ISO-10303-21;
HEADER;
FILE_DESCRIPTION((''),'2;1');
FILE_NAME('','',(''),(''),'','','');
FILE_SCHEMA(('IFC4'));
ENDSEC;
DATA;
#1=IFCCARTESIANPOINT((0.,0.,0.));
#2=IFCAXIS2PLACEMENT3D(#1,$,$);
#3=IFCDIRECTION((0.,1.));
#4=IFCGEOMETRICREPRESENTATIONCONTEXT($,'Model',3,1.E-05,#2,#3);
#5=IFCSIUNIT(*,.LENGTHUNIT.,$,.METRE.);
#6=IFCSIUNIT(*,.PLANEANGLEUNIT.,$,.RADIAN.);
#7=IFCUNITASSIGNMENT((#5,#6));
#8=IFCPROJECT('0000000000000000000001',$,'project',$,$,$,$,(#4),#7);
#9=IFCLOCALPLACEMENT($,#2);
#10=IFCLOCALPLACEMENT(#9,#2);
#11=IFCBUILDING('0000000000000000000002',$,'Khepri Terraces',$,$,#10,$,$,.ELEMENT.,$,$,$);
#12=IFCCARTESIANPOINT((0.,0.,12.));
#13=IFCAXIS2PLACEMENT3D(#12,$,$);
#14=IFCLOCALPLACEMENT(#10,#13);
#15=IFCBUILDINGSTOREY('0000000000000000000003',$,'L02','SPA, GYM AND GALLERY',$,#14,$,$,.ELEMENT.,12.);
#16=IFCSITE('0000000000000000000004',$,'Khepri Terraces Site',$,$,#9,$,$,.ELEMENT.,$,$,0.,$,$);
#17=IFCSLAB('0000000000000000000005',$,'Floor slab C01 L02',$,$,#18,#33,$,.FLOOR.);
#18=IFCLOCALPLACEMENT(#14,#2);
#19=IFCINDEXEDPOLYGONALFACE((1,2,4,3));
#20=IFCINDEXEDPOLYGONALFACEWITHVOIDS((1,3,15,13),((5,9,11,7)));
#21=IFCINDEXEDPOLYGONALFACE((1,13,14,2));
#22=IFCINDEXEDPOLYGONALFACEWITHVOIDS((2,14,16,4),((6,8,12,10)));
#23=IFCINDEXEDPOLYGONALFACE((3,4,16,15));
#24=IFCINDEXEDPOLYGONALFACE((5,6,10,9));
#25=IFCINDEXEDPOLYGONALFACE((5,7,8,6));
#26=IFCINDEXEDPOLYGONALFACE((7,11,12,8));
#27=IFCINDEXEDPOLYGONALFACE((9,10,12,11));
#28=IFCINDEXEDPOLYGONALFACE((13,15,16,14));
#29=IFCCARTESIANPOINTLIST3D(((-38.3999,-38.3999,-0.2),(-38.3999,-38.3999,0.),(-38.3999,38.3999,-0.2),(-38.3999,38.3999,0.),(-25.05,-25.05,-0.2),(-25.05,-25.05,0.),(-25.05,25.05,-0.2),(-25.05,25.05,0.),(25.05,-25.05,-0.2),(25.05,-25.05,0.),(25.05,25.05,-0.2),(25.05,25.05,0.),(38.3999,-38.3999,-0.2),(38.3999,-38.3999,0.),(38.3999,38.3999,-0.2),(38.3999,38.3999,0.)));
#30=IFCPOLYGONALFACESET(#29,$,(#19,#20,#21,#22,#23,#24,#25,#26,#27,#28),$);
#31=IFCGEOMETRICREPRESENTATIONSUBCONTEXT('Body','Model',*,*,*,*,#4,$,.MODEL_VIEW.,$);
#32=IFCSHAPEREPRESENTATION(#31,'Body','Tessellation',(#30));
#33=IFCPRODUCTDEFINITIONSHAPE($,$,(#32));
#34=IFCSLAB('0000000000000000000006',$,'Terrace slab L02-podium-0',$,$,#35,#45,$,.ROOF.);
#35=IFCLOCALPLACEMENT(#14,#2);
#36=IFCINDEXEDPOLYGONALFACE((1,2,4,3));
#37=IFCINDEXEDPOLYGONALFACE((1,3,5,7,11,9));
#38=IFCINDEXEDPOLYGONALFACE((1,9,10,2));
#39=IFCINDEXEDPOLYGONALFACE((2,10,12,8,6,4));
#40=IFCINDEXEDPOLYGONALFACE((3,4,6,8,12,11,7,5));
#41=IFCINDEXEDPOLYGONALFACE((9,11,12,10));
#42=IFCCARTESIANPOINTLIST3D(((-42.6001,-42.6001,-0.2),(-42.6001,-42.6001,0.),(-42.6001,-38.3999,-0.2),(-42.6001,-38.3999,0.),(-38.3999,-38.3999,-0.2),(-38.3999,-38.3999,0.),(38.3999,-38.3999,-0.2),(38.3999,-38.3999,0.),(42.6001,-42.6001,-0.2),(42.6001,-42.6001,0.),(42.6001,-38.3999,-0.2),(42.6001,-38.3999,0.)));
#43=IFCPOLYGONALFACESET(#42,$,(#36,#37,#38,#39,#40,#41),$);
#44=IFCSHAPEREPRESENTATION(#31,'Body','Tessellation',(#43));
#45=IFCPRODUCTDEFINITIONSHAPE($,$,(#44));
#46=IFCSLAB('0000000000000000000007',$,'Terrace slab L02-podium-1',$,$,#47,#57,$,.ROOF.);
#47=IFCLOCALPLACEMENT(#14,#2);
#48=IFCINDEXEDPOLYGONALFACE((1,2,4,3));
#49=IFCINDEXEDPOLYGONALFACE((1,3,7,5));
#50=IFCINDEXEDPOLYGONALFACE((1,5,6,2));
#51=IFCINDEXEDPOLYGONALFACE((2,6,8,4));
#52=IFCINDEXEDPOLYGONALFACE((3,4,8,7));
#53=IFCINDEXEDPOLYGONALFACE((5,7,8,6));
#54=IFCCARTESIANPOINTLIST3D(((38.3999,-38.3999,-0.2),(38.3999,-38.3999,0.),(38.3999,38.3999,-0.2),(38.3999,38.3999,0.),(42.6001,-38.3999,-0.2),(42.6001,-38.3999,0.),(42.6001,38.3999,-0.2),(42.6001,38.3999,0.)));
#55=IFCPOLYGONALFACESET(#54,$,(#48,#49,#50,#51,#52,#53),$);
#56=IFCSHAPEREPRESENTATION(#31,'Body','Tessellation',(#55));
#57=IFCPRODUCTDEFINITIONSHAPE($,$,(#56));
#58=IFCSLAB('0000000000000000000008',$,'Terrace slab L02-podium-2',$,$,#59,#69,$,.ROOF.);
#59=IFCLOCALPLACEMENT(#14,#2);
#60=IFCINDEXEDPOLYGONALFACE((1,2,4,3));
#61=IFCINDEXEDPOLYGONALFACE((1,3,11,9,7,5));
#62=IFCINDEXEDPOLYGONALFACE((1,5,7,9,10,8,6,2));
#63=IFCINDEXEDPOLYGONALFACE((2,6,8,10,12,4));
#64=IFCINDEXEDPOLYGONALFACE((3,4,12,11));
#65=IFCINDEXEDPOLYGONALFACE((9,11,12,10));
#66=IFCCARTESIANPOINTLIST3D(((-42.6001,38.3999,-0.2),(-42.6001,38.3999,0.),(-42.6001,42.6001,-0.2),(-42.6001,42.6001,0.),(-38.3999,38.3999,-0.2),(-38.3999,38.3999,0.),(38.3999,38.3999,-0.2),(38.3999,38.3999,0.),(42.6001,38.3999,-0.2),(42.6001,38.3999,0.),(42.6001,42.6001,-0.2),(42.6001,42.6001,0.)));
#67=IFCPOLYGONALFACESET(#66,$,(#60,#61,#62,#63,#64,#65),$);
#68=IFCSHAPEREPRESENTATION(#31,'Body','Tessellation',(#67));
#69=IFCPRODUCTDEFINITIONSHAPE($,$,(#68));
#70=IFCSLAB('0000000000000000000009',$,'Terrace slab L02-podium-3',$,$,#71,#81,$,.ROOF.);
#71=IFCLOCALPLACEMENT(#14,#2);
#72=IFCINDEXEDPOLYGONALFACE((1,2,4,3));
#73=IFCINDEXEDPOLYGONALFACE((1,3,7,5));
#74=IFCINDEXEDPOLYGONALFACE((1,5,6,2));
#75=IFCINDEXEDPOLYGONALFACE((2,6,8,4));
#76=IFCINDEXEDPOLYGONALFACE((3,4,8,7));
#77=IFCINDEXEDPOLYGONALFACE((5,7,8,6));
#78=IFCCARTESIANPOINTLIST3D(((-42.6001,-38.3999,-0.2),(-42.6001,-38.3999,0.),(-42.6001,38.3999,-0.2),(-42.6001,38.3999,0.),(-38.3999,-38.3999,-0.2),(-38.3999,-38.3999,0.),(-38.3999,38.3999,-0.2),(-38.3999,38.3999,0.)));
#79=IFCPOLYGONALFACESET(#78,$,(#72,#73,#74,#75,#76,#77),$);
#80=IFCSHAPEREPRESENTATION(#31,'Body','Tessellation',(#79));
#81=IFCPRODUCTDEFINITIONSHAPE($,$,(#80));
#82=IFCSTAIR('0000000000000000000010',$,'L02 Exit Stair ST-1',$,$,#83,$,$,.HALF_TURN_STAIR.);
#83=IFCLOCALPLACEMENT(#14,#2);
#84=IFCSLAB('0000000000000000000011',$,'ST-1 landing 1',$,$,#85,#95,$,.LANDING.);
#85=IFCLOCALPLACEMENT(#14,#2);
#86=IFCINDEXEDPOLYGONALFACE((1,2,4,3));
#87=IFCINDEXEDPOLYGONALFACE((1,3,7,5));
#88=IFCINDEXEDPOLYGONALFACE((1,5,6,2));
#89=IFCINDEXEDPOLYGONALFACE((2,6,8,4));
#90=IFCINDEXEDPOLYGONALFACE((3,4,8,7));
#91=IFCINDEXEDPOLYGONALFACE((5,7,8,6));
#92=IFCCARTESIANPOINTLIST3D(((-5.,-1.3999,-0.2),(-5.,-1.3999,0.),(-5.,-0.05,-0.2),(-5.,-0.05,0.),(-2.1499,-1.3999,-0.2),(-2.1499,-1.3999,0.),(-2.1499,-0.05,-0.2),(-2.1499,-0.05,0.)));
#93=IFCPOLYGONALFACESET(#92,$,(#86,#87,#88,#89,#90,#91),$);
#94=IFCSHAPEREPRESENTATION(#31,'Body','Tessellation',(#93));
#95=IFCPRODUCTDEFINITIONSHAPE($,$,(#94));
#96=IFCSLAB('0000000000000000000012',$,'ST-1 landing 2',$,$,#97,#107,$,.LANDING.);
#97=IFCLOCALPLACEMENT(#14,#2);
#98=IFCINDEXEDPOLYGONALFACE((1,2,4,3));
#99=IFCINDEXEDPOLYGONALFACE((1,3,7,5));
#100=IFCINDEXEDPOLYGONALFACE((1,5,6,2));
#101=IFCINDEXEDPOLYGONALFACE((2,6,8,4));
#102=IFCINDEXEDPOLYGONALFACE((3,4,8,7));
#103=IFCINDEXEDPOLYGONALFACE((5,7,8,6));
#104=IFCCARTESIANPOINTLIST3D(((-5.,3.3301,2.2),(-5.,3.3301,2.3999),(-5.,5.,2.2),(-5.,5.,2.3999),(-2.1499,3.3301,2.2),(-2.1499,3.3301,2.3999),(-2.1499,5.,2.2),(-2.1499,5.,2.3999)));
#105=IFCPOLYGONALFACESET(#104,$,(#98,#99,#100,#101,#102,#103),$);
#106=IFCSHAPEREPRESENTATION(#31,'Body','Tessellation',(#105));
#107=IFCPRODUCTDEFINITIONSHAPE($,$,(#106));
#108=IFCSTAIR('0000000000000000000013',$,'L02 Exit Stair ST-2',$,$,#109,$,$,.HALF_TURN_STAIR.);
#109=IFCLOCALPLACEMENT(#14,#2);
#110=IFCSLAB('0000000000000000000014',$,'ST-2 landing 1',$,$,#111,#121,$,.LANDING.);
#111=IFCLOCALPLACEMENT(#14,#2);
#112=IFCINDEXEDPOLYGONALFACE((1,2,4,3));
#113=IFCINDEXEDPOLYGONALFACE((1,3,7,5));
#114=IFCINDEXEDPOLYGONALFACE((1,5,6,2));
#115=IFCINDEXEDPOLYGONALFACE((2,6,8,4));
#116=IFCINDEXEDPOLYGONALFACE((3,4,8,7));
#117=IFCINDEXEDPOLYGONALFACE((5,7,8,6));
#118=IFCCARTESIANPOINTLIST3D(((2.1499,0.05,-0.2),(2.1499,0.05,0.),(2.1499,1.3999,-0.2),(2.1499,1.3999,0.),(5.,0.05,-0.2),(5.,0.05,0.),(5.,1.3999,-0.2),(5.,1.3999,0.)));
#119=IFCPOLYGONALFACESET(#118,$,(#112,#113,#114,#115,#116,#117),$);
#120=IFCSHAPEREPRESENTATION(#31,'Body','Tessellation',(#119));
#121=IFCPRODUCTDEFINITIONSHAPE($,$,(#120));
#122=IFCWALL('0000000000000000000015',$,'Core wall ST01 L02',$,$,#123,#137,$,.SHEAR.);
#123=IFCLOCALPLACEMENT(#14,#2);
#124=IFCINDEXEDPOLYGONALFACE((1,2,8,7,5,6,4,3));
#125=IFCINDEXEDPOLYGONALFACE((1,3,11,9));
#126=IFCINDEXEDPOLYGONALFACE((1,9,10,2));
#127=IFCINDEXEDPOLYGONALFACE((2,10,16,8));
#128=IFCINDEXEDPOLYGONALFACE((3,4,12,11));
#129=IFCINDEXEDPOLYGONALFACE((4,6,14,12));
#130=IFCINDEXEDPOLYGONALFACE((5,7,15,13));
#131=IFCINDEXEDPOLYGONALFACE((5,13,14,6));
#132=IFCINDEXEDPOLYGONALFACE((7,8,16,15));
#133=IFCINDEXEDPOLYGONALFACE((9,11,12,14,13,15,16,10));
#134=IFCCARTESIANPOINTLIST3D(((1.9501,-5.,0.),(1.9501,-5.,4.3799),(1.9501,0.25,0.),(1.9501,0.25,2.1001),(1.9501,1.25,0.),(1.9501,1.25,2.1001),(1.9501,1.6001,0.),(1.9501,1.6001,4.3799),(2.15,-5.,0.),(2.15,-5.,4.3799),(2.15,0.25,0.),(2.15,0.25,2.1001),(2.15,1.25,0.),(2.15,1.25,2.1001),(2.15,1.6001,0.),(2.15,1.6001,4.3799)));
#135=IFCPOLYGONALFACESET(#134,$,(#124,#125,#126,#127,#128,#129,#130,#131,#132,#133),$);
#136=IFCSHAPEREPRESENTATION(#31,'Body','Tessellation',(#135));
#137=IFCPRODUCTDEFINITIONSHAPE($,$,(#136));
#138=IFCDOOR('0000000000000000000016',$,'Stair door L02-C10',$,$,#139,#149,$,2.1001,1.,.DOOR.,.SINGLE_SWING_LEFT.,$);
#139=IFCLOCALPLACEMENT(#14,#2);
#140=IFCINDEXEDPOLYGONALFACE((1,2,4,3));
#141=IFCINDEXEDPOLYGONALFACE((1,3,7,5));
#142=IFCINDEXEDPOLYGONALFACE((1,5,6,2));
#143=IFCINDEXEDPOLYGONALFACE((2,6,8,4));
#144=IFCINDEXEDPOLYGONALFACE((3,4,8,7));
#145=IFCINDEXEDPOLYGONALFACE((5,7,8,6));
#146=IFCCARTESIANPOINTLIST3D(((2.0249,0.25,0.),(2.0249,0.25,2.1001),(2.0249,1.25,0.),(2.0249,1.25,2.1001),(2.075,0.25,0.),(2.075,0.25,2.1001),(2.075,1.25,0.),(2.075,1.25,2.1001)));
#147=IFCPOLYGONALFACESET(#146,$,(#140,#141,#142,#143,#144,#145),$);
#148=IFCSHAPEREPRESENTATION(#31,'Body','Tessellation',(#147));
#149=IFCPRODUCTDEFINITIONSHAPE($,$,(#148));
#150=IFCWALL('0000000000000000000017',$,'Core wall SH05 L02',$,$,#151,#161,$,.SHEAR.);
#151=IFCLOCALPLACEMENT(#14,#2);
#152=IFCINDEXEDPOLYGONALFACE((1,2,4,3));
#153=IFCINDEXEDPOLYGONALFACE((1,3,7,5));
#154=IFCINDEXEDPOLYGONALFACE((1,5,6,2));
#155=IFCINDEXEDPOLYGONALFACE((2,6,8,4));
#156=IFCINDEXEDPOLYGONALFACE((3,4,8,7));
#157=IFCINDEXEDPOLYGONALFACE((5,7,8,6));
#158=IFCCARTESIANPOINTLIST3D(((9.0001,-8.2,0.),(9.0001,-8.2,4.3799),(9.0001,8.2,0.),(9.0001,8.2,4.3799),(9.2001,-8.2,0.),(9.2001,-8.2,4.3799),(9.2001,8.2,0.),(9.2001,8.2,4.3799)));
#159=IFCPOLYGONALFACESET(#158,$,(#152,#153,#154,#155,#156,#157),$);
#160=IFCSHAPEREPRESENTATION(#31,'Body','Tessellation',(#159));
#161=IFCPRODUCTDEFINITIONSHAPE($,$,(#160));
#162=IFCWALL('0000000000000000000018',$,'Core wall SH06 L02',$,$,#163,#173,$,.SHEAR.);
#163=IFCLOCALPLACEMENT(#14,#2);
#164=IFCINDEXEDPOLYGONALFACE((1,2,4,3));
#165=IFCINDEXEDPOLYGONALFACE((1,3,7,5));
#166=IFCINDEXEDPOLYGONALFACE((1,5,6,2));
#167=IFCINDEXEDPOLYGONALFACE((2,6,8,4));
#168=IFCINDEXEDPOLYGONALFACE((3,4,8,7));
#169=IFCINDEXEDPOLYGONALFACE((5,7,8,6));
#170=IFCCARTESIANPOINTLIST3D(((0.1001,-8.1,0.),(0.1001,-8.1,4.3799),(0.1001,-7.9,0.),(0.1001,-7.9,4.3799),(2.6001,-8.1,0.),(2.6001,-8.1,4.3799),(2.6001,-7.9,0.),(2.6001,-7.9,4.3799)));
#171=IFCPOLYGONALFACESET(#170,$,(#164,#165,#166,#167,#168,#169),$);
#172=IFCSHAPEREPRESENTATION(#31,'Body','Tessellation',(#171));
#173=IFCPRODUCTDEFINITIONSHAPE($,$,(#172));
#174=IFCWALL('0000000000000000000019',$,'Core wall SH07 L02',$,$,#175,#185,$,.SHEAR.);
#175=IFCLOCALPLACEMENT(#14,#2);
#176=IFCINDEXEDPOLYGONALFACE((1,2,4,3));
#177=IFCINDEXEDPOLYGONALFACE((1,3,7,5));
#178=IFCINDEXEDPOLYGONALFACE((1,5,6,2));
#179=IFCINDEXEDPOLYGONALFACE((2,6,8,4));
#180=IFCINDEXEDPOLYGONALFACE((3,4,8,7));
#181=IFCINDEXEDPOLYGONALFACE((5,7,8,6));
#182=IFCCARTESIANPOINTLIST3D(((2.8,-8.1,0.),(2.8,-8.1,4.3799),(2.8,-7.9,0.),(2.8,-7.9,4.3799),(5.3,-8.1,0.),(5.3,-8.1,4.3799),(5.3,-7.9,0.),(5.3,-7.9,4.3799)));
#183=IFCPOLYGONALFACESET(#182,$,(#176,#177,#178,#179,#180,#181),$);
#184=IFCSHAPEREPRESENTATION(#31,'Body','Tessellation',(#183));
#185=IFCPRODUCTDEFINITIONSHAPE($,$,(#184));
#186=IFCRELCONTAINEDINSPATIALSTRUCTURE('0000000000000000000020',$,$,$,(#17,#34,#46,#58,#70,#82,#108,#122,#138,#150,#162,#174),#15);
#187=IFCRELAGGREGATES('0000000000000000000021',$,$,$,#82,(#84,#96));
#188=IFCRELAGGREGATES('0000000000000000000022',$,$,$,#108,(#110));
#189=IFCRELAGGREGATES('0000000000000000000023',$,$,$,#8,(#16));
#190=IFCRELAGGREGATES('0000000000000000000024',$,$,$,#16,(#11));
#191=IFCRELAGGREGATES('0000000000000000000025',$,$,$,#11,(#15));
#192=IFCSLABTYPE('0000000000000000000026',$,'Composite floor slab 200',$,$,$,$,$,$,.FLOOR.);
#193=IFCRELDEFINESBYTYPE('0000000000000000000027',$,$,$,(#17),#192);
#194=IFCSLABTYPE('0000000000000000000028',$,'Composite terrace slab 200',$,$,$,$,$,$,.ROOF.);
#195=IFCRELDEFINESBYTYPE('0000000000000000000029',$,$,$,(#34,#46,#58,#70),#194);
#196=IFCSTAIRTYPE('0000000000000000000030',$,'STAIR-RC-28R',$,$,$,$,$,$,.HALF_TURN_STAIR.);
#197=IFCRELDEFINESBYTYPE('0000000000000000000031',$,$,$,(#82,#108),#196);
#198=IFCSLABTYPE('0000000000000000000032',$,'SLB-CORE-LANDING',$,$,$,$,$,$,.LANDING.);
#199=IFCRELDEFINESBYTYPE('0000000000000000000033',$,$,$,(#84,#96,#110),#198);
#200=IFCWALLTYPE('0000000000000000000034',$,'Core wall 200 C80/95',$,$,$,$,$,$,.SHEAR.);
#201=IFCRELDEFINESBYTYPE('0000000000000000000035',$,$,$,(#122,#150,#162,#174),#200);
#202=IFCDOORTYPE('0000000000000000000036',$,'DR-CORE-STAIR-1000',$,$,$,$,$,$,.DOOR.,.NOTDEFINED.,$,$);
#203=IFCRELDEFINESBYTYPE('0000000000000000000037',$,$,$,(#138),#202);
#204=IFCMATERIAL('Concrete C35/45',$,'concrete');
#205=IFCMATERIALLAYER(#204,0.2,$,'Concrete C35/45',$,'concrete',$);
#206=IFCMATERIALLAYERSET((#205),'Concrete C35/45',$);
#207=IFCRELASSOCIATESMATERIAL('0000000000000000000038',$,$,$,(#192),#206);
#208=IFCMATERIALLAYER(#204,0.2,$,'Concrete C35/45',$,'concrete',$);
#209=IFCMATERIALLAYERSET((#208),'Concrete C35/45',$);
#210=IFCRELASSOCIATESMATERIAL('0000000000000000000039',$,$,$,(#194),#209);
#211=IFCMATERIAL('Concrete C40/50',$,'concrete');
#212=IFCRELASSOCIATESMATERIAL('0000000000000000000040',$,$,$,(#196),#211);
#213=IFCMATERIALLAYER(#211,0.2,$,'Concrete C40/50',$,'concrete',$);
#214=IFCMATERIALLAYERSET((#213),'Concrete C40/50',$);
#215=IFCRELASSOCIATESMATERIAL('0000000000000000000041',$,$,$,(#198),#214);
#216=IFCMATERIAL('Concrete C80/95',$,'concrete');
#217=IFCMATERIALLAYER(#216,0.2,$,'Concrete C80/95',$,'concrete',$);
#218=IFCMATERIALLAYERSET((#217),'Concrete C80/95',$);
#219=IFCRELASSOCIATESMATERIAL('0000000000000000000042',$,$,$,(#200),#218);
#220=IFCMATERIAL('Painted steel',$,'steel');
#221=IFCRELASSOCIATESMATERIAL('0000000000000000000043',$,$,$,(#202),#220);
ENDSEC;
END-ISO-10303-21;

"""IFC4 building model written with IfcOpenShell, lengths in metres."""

from ifc_helpers import new_model, si_unit, direction, frame, frame_2d, origin, place, context, subcontext, project, spatial, polyline, rectangle, outline, extrude, material, layer, layer_set, type_object, element, fill, aggregate, save


model = new_model("IFC4")

# Units and contexts
model_context = context("Model", 3, precision=1e-05, world=origin(), true_north=direction((0.0, 1.0)))
body_context = subcontext(model_context, "Body", "Model", "MODEL_VIEW")
ifc_project = project(units=[si_unit("LENGTHUNIT", "METRE"), si_unit("PLANEANGLEUNIT", "RADIAN")], contexts=[model_context])

# Site, building, storey
site_placement = place(None, origin())
site = spatial("IfcSite", under=ifc_project, at=site_placement, Name="Khepri Terraces Site", CompositionType="ELEMENT", RefElevation=0.0)
building_placement = place(site_placement, origin())
building = spatial("IfcBuilding", under=site, at=building_placement, Name="Khepri Terraces", CompositionType="ELEMENT")
storey_placement = place(building_placement, frame((0.0, 0.0, 12.0)))
storey = spatial("IfcBuildingStorey", under=building, at=storey_placement, Name="L02", Description="SPA, GYM AND GALLERY", CompositionType="ELEMENT", Elevation=12.0)

# Slabs
ifc_material_1 = material(Name="Concrete C35/45", Category="concrete")
ifc_layer_1 = layer(ifc_material_1, 0.2, Name="Concrete C35/45", Category="concrete")
ifc_layer_set_1 = layer_set([ifc_layer_1], Name="Concrete C35/45")
slab_type_1 = type_object("IfcSlabType", Name="Composite floor slab 200", PredefinedType="FLOOR", material=ifc_layer_set_1)
slab_1_placement = place(storey_placement, frame((0.0, 0.0, -0.2)))
element("IfcSlab", 1, at=slab_1_placement, inside=storey, type_object=slab_type_1, Name="Floor slab C01 L02", PredefinedType="FLOOR", context=body_context, shape_type="SweptSolid", body=[
    extrude(outline(polyline([(-38.3999, -38.3999), (-38.3999, 38.3999), (38.3999, 38.3999), (38.3999, -38.3999), (-38.3999, -38.3999)]), holes=[polyline([(25.05, 25.05), (-25.05, 25.05), (-25.05, -25.05), (25.05, -25.05), (25.05, 25.05)])]), origin(), (0.0, 0.0, 1.0), 0.2),
])
ifc_layer_2 = layer(ifc_material_1, 0.2, Name="Concrete C35/45", Category="concrete")
ifc_layer_set_2 = layer_set([ifc_layer_2], Name="Concrete C35/45")
slab_type_2 = type_object("IfcSlabType", Name="Composite terrace slab 200", PredefinedType="ROOF", material=ifc_layer_set_2)
slab_2_placement = place(storey_placement, frame((0.0, 0.0, -0.2)))
element("IfcSlab", 2, at=slab_2_placement, inside=storey, type_object=slab_type_2, Name="Terrace slab L02-podium-0", PredefinedType="ROOF", context=body_context, shape_type="SweptSolid", body=[
    extrude(outline(polyline([(42.6001, -42.6001), (-42.6001, -42.6001), (-42.6001, -38.3999), (-38.3999, -38.3999), (38.3999, -38.3999), (42.6001, -38.3999), (42.6001, -42.6001)])), origin(), (0.0, 0.0, 1.0), 0.2),
])
slab_3_placement = place(storey_placement, frame((0.0, 0.0, -0.2)))
element("IfcSlab", 3, at=slab_3_placement, inside=storey, type_object=slab_type_2, Name="Terrace slab L02-podium-1", PredefinedType="ROOF", context=body_context, shape_type="SweptSolid", body=[
    extrude(outline(polyline([(42.6001, -38.3999), (38.3999, -38.3999), (38.3999, 38.3999), (42.6001, 38.3999), (42.6001, -38.3999)])), origin(), (0.0, 0.0, 1.0), 0.2),
])
slab_4_placement = place(storey_placement, frame((0.0, 0.0, -0.2)))
element("IfcSlab", 4, at=slab_4_placement, inside=storey, type_object=slab_type_2, Name="Terrace slab L02-podium-2", PredefinedType="ROOF", context=body_context, shape_type="SweptSolid", body=[
    extrude(outline(polyline([(42.6001, 42.6001), (42.6001, 38.3999), (38.3999, 38.3999), (-38.3999, 38.3999), (-42.6001, 38.3999), (-42.6001, 42.6001), (42.6001, 42.6001)])), origin(), (0.0, 0.0, 1.0), 0.2),
])
slab_5_placement = place(storey_placement, frame((0.0, 0.0, -0.2)))
element("IfcSlab", 5, at=slab_5_placement, inside=storey, type_object=slab_type_2, Name="Terrace slab L02-podium-3", PredefinedType="ROOF", context=body_context, shape_type="SweptSolid", body=[
    extrude(outline(polyline([(-42.6001, 38.3999), (-38.3999, 38.3999), (-38.3999, -38.3999), (-42.6001, -38.3999), (-42.6001, 38.3999)])), origin(), (0.0, 0.0, 1.0), 0.2),
])

# Stair, slabs
ifc_material_2 = material(Name="Concrete C40/50", Category="concrete")
stair_type = type_object("IfcStairType", Name="STAIR-RC-28R", PredefinedType="HALF_TURN_STAIR", material=ifc_material_2)
stair_1_placement = place(storey_placement, origin())
stair_1 = element("IfcStair", 6, at=stair_1_placement, inside=storey, type_object=stair_type, Name="L02 Exit Stair ST-1", PredefinedType="HALF_TURN_STAIR")
ifc_layer_3 = layer(ifc_material_2, 0.2, Name="Concrete C40/50", Category="concrete")
ifc_layer_set_3 = layer_set([ifc_layer_3], Name="Concrete C40/50")
slab_type_3 = type_object("IfcSlabType", Name="SLB-CORE-LANDING", PredefinedType="LANDING", material=ifc_layer_set_3)
slab_6_placement = place(storey_placement, frame((0.0, 0.0, -0.2)))
slab_6 = element("IfcSlab", 7, at=slab_6_placement, type_object=slab_type_3, Name="ST-1 landing 1", PredefinedType="LANDING", context=body_context, shape_type="SweptSolid", body=[
    extrude(outline(polyline([(-2.1499, -1.3999), (-2.1499, -0.05), (-5.0, -0.05), (-5.0, -1.3999), (-2.1499, -1.3999)])), origin(), (0.0, 0.0, 1.0), 0.2),
])
slab_7_placement = place(storey_placement, frame((0.0, 0.0, 2.2)))
slab_7 = element("IfcSlab", 8, at=slab_7_placement, type_object=slab_type_3, Name="ST-1 landing 2", PredefinedType="LANDING", context=body_context, shape_type="SweptSolid", body=[
    extrude(outline(polyline([(-2.1499, 3.3301), (-2.1499, 5.0), (-5.0, 5.0), (-5.0, 3.3301), (-2.1499, 3.3301)])), origin(), (0.0, 0.0, 1.0), 0.2),
])
aggregate(stair_1, [slab_6, slab_7])

# Stair, slab
stair_2_placement = place(storey_placement, origin())
stair_2 = element("IfcStair", 9, at=stair_2_placement, inside=storey, type_object=stair_type, Name="L02 Exit Stair ST-2", PredefinedType="HALF_TURN_STAIR")
slab_8_placement = place(storey_placement, frame((0.0, 0.0, -0.2)))
slab_8 = element("IfcSlab", 10, at=slab_8_placement, type_object=slab_type_3, Name="ST-2 landing 1", PredefinedType="LANDING", context=body_context, shape_type="SweptSolid", body=[
    extrude(outline(polyline([(2.1499, 1.3999), (2.1499, 0.05), (5.0, 0.05), (5.0, 1.3999), (2.1499, 1.3999)])), origin(), (0.0, 0.0, 1.0), 0.2),
])

# Wall, opening, door
ifc_material_3 = material(Name="Concrete C80/95", Category="concrete")
ifc_layer_4 = layer(ifc_material_3, 0.2, Name="Concrete C80/95", Category="concrete")
ifc_layer_set_4 = layer_set([ifc_layer_4], Name="Concrete C80/95")
wall_type_1 = type_object("IfcWallType", Name="Core wall 200 C80/95", PredefinedType="SHEAR", material=ifc_layer_set_4)
wall_1_placement = place(storey_placement, frame((2.05, -5.0, 0.0), z_axis=(0.0, 0.0, 1.0), x_axis=(0.0, 1.0, 0.0)))
wall_1 = element("IfcWall", 11, at=wall_1_placement, inside=storey, type_object=wall_type_1, Name="Core wall ST01 L02", PredefinedType="SHEAR", context=body_context, shape_type="SweptSolid", body=[
    extrude(rectangle(XDim=6.6001, YDim=0.2, at=frame_2d((3.3, 0.0))), origin(), (0.0, 0.0, 1.0), 4.3799),
])
opening_1_placement = place(wall_1_placement, frame((5.25, 0.0, 0.0)))
opening_1 = element("IfcOpeningElement", 12, at=opening_1_placement, cuts=wall_1, PredefinedType="OPENING", context=body_context, shape_type="SweptSolid", body=[
    extrude(rectangle(XDim=1.0, YDim=2.1001, at=frame_2d((0.5, 1.05))), frame((0.0, 0.1099, 0.0), z_axis=(0.0, -1.0, 0.0), x_axis=(1.0, 0.0, 0.0)), (0.0, 0.0, 1.0), 0.22),
])
ifc_material_4 = material(Name="Painted steel", Category="steel")
door_type_1 = type_object("IfcDoorType", Name="DR-CORE-STAIR-1000", OperationType="NOTDEFINED", PredefinedType="DOOR", material=ifc_material_4)
door_1_placement = place(opening_1_placement, frame((1.0, 0.0, 0.0), z_axis=(0.0, 0.0, 1.0), x_axis=(-1.0, 0.0, 0.0)))
door_1 = element("IfcDoor", 13, at=door_1_placement, inside=storey, type_object=door_type_1, Name="Stair door L02-C10", OperationType="SINGLE_SWING_LEFT", OverallHeight=2.1001, OverallWidth=1.0, PredefinedType="DOOR", context=body_context, shape_type="SweptSolid", body=[
    extrude(rectangle(XDim=1.0, YDim=2.1001, at=frame_2d((0.5, 1.05))), frame((0.0, 0.0249, 0.0), z_axis=(0.0, -1.0, 0.0), x_axis=(1.0, 0.0, 0.0)), (0.0, 0.0, 1.0), 0.05),
])
fill(opening_1, door_1)

# Walls
wall_2_placement = place(storey_placement, frame((9.1001, -8.2, 0.0), z_axis=(0.0, 0.0, 1.0), x_axis=(0.0, 1.0, 0.0)))
element("IfcWall", 14, at=wall_2_placement, inside=storey, type_object=wall_type_1, Name="Core wall SH05 L02", PredefinedType="SHEAR", context=body_context, shape_type="SweptSolid", body=[
    extrude(rectangle(XDim=16.3999, YDim=0.2, at=frame_2d((8.2, 0.0))), origin(), (0.0, 0.0, 1.0), 4.3799),
])
for number, where, z_axis, x_axis, name in (
    (15, (0.1001, -8.0, 0.0), (0.0, 0.0, 1.0), (1.0, 0.0, 0.0), "Core wall SH06 L02"),
    (16, (2.8, -8.0, 0.0), (0.0, 0.0, 1.0), (1.0, 0.0, 0.0), "Core wall SH07 L02"),
):
    element("IfcWall", number, at=place(storey_placement, frame(where, z_axis=z_axis, x_axis=x_axis)), inside=storey, type_object=wall_type_1, Name=name, PredefinedType="SHEAR", context=body_context, shape_type="SweptSolid", body=[
        extrude(rectangle(XDim=2.5, YDim=0.2, at=frame_2d((1.25, 0.0))), origin(), (0.0, 0.0, 1.0), 4.3799),
    ])

aggregate(stair_2, [slab_8])

save(model, "model.ifc")
